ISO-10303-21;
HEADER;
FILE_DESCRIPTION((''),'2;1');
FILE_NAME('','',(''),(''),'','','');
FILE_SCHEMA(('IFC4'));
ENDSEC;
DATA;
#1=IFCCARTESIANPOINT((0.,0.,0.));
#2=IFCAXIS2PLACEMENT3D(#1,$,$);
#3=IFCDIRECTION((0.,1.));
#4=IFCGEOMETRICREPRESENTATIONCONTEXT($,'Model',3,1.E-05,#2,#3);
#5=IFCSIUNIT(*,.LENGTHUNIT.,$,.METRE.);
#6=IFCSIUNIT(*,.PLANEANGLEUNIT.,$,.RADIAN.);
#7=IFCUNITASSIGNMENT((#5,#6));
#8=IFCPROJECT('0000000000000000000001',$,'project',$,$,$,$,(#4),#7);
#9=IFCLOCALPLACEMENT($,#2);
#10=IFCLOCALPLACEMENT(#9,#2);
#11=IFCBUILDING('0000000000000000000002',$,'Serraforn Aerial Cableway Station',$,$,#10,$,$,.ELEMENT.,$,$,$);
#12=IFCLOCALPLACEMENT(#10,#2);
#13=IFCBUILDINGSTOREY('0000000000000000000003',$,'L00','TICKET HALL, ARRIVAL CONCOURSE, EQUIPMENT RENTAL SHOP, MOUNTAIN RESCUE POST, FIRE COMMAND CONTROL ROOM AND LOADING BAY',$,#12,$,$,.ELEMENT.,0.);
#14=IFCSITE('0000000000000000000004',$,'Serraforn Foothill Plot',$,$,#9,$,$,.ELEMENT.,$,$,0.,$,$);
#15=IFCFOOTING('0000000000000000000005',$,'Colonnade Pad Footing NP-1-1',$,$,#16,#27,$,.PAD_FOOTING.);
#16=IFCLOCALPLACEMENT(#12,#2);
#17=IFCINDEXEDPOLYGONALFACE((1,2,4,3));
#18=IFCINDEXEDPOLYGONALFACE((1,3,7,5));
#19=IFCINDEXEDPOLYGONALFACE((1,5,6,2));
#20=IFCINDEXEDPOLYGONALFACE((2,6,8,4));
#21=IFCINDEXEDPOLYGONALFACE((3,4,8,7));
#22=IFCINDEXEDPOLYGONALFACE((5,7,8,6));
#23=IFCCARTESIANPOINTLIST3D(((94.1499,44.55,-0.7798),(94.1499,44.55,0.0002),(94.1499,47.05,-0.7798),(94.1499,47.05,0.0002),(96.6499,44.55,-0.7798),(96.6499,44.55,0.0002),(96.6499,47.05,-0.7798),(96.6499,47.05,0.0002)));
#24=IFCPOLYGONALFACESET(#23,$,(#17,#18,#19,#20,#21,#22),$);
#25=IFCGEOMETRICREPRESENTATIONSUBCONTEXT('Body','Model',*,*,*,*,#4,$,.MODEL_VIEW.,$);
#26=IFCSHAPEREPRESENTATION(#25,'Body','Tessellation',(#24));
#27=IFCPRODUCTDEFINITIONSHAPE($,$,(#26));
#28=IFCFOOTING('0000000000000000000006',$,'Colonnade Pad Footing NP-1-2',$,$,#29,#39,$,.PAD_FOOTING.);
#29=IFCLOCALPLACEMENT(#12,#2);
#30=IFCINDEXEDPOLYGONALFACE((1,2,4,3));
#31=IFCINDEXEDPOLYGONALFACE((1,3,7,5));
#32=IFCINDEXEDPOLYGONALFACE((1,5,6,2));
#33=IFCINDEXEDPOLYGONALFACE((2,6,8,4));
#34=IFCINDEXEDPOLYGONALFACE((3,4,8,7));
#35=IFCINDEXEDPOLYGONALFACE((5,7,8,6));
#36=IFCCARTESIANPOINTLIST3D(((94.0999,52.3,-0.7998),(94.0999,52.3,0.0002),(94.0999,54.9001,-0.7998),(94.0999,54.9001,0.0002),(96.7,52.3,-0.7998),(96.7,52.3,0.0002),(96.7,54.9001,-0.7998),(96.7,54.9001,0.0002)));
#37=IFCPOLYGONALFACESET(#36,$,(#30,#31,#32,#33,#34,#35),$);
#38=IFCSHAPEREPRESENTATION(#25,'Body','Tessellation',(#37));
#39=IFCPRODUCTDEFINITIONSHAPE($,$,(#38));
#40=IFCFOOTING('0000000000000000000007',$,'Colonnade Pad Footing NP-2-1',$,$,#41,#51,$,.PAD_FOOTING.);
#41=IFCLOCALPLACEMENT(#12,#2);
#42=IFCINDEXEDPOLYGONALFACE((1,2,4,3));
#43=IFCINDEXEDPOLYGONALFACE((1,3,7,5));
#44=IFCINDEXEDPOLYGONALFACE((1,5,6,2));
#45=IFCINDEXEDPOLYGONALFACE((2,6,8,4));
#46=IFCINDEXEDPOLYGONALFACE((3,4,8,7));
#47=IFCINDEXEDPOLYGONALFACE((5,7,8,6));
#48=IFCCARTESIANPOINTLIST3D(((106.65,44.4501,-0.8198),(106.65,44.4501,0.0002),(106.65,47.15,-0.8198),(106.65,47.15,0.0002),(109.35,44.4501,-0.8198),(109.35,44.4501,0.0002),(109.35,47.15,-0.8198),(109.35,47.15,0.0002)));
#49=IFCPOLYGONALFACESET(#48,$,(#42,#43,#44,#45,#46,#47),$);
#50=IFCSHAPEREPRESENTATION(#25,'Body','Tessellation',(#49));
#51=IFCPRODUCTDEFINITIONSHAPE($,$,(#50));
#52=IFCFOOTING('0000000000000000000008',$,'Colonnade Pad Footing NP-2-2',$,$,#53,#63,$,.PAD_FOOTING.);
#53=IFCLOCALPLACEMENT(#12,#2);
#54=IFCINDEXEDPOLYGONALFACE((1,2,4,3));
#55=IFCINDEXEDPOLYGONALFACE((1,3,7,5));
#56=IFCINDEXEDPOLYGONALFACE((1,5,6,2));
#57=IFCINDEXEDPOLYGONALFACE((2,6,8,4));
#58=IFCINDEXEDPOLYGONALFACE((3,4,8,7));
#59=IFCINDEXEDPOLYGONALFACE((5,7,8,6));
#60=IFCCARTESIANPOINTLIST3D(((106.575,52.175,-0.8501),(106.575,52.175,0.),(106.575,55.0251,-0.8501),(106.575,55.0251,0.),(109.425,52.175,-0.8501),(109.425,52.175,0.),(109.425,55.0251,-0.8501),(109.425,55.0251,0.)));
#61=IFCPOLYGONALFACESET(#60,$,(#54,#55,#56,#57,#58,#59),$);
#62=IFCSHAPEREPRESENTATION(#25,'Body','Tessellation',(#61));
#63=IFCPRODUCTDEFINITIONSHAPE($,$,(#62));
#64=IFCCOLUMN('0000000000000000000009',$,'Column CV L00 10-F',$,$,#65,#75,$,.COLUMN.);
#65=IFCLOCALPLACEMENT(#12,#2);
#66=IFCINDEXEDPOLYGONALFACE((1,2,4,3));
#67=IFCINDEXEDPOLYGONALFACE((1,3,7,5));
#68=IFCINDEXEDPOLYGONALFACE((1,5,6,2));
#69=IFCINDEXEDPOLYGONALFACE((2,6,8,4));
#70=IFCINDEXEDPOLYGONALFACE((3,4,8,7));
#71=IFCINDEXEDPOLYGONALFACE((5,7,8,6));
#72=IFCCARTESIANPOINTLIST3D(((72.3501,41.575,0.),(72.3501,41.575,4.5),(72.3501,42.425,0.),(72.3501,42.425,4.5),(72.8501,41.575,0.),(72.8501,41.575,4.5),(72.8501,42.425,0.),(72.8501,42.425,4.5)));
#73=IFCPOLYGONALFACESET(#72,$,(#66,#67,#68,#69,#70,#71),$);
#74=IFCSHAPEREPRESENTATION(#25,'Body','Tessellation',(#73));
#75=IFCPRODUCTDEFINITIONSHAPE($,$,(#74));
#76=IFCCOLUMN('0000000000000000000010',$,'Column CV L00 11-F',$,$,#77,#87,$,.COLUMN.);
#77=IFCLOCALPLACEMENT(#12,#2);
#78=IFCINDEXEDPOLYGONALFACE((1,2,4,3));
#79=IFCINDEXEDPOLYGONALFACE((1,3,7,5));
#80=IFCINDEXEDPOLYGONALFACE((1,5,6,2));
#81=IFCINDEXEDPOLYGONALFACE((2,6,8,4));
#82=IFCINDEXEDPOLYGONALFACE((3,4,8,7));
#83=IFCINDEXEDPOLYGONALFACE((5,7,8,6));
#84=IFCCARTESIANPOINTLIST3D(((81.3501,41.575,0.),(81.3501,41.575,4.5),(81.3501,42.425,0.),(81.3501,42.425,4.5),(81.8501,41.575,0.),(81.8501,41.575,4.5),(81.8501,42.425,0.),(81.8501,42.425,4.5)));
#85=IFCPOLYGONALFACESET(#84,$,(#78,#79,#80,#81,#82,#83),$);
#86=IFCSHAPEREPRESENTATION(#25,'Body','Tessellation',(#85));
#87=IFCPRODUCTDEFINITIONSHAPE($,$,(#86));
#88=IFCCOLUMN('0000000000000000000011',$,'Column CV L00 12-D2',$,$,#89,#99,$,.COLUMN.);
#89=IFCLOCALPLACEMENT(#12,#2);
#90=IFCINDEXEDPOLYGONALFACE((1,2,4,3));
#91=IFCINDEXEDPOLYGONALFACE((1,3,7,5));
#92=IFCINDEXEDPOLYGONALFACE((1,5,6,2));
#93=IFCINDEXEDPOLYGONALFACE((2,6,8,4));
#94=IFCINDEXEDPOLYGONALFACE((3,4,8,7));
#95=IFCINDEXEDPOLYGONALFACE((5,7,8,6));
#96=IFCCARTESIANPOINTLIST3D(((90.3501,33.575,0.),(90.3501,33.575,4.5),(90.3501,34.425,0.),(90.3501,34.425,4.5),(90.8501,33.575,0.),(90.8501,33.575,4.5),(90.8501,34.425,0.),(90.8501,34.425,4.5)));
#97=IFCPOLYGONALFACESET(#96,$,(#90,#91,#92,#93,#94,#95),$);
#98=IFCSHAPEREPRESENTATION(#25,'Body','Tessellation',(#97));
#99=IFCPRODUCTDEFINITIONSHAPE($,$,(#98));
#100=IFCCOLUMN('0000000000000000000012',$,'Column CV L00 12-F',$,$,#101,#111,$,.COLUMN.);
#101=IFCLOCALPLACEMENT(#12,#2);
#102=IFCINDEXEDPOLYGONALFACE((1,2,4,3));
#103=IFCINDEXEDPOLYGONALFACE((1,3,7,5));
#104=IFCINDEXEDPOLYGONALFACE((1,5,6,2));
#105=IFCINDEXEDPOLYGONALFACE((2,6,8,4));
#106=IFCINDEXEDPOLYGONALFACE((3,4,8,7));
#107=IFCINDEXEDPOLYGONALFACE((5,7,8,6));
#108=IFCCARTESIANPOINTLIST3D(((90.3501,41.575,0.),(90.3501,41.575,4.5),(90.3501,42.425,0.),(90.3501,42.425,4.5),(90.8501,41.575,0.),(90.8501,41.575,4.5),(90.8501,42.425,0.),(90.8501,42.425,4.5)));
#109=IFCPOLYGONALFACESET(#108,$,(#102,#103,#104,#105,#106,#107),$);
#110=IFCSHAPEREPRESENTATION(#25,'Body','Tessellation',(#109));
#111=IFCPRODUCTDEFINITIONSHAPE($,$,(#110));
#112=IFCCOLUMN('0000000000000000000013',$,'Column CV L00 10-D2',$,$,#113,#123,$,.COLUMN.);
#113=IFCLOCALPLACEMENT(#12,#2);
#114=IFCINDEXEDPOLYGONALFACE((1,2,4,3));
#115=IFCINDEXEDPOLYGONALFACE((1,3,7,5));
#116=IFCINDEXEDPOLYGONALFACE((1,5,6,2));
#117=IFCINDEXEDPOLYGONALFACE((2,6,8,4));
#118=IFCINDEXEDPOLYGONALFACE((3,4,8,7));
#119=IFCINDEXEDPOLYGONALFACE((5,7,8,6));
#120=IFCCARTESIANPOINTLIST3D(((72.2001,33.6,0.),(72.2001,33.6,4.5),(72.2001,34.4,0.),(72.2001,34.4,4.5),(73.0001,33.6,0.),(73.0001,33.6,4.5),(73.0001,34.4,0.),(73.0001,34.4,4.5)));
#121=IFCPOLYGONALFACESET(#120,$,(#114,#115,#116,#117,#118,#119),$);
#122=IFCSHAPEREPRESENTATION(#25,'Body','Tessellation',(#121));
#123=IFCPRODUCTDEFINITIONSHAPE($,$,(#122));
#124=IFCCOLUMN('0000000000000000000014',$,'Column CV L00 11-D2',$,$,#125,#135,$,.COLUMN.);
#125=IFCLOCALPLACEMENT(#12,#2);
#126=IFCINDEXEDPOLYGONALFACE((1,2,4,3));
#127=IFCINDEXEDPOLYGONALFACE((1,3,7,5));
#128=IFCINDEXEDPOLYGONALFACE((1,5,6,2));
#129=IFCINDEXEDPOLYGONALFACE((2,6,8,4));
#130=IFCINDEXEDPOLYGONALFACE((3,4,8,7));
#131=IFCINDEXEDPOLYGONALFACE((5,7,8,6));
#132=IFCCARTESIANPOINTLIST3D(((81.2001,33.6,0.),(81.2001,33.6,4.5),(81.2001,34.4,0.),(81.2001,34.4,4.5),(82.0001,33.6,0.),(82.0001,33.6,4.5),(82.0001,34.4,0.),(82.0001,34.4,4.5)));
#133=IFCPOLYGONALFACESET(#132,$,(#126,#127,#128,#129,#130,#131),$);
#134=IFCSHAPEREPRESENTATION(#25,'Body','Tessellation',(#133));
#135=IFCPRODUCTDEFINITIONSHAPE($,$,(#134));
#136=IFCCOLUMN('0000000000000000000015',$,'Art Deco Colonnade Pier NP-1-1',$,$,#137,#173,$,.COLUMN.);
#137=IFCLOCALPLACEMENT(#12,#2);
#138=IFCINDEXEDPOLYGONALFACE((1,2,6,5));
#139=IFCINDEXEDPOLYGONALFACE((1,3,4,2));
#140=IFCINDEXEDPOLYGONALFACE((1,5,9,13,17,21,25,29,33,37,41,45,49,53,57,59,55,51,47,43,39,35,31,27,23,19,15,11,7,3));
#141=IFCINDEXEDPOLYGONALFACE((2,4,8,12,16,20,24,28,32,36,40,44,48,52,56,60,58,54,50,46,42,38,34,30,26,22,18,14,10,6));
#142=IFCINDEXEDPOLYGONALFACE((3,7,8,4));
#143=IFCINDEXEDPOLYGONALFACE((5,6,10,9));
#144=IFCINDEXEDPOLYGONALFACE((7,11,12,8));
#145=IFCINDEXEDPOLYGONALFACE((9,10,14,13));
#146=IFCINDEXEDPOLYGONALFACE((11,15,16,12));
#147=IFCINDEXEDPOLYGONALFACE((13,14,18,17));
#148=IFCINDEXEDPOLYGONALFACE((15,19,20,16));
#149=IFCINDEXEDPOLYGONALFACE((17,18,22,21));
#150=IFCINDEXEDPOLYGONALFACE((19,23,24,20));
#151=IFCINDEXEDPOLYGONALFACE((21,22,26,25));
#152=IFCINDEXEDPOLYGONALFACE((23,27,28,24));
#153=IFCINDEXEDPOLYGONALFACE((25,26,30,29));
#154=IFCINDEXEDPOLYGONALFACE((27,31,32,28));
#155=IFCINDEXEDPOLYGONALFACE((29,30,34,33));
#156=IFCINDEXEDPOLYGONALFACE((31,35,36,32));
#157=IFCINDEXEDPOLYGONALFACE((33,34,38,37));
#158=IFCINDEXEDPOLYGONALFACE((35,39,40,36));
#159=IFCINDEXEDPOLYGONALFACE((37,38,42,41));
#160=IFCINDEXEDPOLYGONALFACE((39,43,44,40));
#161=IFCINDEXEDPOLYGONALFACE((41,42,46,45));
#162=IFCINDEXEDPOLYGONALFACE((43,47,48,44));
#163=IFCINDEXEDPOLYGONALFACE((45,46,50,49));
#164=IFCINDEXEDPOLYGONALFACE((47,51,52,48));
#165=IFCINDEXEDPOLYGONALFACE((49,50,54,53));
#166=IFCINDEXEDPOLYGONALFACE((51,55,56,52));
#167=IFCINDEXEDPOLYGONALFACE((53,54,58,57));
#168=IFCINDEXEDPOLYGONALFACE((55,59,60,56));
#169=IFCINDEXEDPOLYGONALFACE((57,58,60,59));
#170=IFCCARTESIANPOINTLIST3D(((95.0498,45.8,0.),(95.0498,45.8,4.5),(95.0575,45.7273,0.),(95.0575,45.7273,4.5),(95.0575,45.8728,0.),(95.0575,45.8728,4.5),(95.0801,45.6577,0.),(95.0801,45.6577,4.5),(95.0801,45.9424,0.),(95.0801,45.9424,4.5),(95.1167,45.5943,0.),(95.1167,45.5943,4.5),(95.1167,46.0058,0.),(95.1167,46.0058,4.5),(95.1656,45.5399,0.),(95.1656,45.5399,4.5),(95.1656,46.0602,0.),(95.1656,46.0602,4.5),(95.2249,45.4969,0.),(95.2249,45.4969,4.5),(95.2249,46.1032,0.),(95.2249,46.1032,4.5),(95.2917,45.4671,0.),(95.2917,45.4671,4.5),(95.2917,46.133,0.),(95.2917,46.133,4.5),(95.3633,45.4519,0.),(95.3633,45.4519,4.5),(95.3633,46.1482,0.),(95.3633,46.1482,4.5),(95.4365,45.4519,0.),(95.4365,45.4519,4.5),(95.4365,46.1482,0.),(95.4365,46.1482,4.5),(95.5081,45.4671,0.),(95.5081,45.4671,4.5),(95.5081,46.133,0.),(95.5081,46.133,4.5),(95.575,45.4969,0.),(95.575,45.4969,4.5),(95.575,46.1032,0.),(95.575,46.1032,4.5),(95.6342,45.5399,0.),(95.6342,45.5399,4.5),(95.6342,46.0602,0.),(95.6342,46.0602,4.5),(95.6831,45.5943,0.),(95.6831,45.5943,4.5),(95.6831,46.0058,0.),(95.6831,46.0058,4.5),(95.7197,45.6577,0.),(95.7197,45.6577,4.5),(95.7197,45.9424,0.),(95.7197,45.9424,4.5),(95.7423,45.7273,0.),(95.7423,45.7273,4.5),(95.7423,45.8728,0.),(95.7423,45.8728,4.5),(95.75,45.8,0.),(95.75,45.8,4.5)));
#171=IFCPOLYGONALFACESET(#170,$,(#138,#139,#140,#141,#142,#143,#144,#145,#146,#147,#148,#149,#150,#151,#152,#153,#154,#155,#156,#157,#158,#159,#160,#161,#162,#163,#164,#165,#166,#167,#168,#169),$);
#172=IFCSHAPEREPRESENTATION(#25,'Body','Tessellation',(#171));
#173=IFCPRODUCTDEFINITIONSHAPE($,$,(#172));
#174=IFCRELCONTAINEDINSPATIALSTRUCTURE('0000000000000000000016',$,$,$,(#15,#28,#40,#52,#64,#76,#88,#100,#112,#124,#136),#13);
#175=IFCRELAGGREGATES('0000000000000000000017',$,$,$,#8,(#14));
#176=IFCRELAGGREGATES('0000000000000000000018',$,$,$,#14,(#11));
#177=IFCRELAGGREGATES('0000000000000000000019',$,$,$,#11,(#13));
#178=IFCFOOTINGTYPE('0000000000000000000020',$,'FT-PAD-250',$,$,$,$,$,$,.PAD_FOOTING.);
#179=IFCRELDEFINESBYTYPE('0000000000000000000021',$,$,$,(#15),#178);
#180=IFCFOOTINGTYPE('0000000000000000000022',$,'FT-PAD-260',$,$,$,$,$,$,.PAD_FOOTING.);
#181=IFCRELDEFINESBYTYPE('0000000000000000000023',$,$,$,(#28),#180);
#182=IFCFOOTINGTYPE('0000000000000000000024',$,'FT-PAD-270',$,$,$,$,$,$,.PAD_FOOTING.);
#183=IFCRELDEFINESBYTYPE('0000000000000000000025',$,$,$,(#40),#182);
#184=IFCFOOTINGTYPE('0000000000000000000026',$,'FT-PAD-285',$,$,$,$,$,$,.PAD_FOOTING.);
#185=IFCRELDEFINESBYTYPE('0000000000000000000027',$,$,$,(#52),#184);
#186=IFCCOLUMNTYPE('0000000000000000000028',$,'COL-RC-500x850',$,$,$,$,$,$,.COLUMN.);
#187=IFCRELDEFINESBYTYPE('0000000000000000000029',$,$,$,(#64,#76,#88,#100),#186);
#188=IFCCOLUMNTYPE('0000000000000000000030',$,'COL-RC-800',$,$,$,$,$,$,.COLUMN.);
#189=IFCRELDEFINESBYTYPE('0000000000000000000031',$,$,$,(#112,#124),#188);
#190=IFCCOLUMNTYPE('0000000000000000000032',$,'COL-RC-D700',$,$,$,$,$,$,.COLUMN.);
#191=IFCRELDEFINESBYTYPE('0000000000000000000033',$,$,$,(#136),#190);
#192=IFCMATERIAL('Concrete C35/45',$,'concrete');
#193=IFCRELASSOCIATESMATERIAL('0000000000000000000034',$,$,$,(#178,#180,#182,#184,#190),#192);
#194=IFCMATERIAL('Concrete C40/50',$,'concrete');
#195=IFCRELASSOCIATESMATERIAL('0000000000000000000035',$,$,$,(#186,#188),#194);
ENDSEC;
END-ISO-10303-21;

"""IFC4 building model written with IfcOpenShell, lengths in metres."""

from ifc_helpers import new_model, si_unit, direction, frame, origin, origin_2d, place, context, subcontext, project, spatial, rectangle, circle, extrude, material, material_profile, profile_set, type_object, element, save


model = new_model("IFC4")

# Units and contexts
model_context = context("Model", 3, precision=1e-05, world=origin(), true_north=direction((0.0, 1.0)))
body_context = subcontext(model_context, "Body", "Model", "MODEL_VIEW")
ifc_project = project(units=[si_unit("LENGTHUNIT", "METRE"), si_unit("PLANEANGLEUNIT", "RADIAN")], contexts=[model_context])

# Site, building, storey
site_placement = place(None, origin())
site = spatial("IfcSite", under=ifc_project, at=site_placement, Name="Serraforn Foothill Plot", CompositionType="ELEMENT", RefElevation=0.0)
building_placement = place(site_placement, origin())
building = spatial("IfcBuilding", under=site, at=building_placement, Name="Serraforn Aerial Cableway Station", CompositionType="ELEMENT")
storey_placement = place(building_placement, origin())
storey = spatial("IfcBuildingStorey", under=building, at=storey_placement, Name="L00", Description="TICKET HALL, ARRIVAL CONCOURSE, EQUIPMENT RENTAL SHOP, MOUNTAIN RESCUE POST, FIRE COMMAND CONTROL ROOM AND LOADING BAY", CompositionType="ELEMENT", Elevation=0.0)

# Footings
ifc_material_1 = material(Name="Concrete C35/45", Category="concrete")
footing_type_1 = type_object("IfcFootingType", Name="FT-PAD-250", PredefinedType="PAD_FOOTING", material=ifc_material_1)
footing_1_placement = place(storey_placement, frame((95.3999, 45.8, -0.7798), z_axis=(0.0, 0.0, 1.0), x_axis=(1.0, 0.0, 0.0)))
element("IfcFooting", 1, at=footing_1_placement, inside=storey, type_object=footing_type_1, Name="Colonnade Pad Footing NP-1-1", PredefinedType="PAD_FOOTING", context=body_context, shape_type="SweptSolid", body=[
    extrude(rectangle(XDim=2.5, YDim=2.5, at=origin_2d()), origin(), (0.0, 0.0, 1.0), 0.78),
])
footing_type_2 = type_object("IfcFootingType", Name="FT-PAD-260", PredefinedType="PAD_FOOTING", material=ifc_material_1)
footing_2_placement = place(storey_placement, frame((95.3999, 53.6001, -0.7998), z_axis=(0.0, 0.0, 1.0), x_axis=(1.0, 0.0, 0.0)))
element("IfcFooting", 2, at=footing_2_placement, inside=storey, type_object=footing_type_2, Name="Colonnade Pad Footing NP-1-2", PredefinedType="PAD_FOOTING", context=body_context, shape_type="SweptSolid", body=[
    extrude(rectangle(XDim=2.6001, YDim=2.6001, at=origin_2d()), origin(), (0.0, 0.0, 1.0), 0.8),
])
footing_type_3 = type_object("IfcFootingType", Name="FT-PAD-270", PredefinedType="PAD_FOOTING", material=ifc_material_1)
footing_3_placement = place(storey_placement, frame((108.0, 45.8, -0.8198), z_axis=(0.0, 0.0, 1.0), x_axis=(1.0, 0.0, 0.0)))
element("IfcFooting", 3, at=footing_3_placement, inside=storey, type_object=footing_type_3, Name="Colonnade Pad Footing NP-2-1", PredefinedType="PAD_FOOTING", context=body_context, shape_type="SweptSolid", body=[
    extrude(rectangle(XDim=2.7, YDim=2.7, at=origin_2d()), origin(), (0.0, 0.0, 1.0), 0.8201),
])
footing_type_4 = type_object("IfcFootingType", Name="FT-PAD-285", PredefinedType="PAD_FOOTING", material=ifc_material_1)
footing_4_placement = place(storey_placement, frame((108.0, 53.6001, -0.8501), z_axis=(0.0, 0.0, 1.0), x_axis=(1.0, 0.0, 0.0)))
element("IfcFooting", 4, at=footing_4_placement, inside=storey, type_object=footing_type_4, Name="Colonnade Pad Footing NP-2-2", PredefinedType="PAD_FOOTING", context=body_context, shape_type="SweptSolid", body=[
    extrude(rectangle(XDim=2.8501, YDim=2.8501, at=origin_2d()), origin(), (0.0, 0.0, 1.0), 0.8501),
])

# Columns
ifc_material_2 = material(Name="Concrete C40/50", Category="concrete")
ifc_material_profile_1 = material_profile(ifc_material_2, rectangle(XDim=0.5, YDim=0.8501, at=origin_2d()), Name="RC 500x850")
ifc_profile_set_1 = profile_set([ifc_material_profile_1], Name="Concrete C40/50")
column_type_1 = type_object("IfcColumnType", Name="COL-RC-500x850", PredefinedType="COLUMN", material=ifc_profile_set_1)
for number, where, z_axis, x_axis, name in (
    (5, (72.6001, 42.0, 0.0), (0.0, 0.0, 1.0), (1.0, 0.0, 0.0), "Column CV L00 10-F"),
    (6, (81.6001, 42.0, 0.0), (0.0, 0.0, 1.0), (1.0, 0.0, 0.0), "Column CV L00 11-F"),
    (7, (90.6001, 34.0, 0.0), (0.0, 0.0, 1.0), (1.0, 0.0, 0.0), "Column CV L00 12-D2"),
    (8, (90.6001, 42.0, 0.0), (0.0, 0.0, 1.0), (1.0, 0.0, 0.0), "Column CV L00 12-F"),
):
    element("IfcColumn", number, at=place(storey_placement, frame(where, z_axis=z_axis, x_axis=x_axis)), inside=storey, type_object=column_type_1, Name=name, PredefinedType="COLUMN", context=body_context, shape_type="SweptSolid", body=[
        extrude(rectangle(XDim=0.5, YDim=0.8501, at=origin_2d()), origin(), (0.0, 0.0, 1.0), 4.5),
    ])
ifc_material_profile_2 = material_profile(ifc_material_2, rectangle(XDim=0.8, YDim=0.8, at=origin_2d()), Name="RC 800x800")
ifc_profile_set_2 = profile_set([ifc_material_profile_2], Name="Concrete C40/50")
column_type_2 = type_object("IfcColumnType", Name="COL-RC-800", PredefinedType="COLUMN", material=ifc_profile_set_2)
for number, where, z_axis, x_axis, name in (
    (9, (72.6001, 34.0, 0.0), (0.0, 0.0, 1.0), (1.0, 0.0, 0.0), "Column CV L00 10-D2"),
    (10, (81.6001, 34.0, 0.0), (0.0, 0.0, 1.0), (1.0, 0.0, 0.0), "Column CV L00 11-D2"),
):
    element("IfcColumn", number, at=place(storey_placement, frame(where, z_axis=z_axis, x_axis=x_axis)), inside=storey, type_object=column_type_2, Name=name, PredefinedType="COLUMN", context=body_context, shape_type="SweptSolid", body=[
        extrude(rectangle(XDim=0.8, YDim=0.8, at=origin_2d()), origin(), (0.0, 0.0, 1.0), 4.5),
    ])
ifc_material_profile_3 = material_profile(ifc_material_1, circle(Radius=0.3501, at=origin_2d()), Name="RC D700")
ifc_profile_set_3 = profile_set([ifc_material_profile_3], Name="Concrete C35/45")
column_type_3 = type_object("IfcColumnType", Name="COL-RC-D700", PredefinedType="COLUMN", material=ifc_profile_set_3)
for number, where, z_axis, x_axis, name in (
    (11, (95.3999, 45.8, 0.0), (0.0, 0.0, 1.0), (1.0, 0.0, 0.0), "Art Deco Colonnade Pier NP-1-1"),
):
    element("IfcColumn", number, at=place(storey_placement, frame(where, z_axis=z_axis, x_axis=x_axis)), inside=storey, type_object=column_type_3, Name=name, PredefinedType="COLUMN", context=body_context, shape_type="SweptSolid", body=[
        extrude(circle(Radius=0.3501, at=origin_2d()), origin(), (0.0, 0.0, 1.0), 4.5),
    ])

save(model, "model.ifc")
